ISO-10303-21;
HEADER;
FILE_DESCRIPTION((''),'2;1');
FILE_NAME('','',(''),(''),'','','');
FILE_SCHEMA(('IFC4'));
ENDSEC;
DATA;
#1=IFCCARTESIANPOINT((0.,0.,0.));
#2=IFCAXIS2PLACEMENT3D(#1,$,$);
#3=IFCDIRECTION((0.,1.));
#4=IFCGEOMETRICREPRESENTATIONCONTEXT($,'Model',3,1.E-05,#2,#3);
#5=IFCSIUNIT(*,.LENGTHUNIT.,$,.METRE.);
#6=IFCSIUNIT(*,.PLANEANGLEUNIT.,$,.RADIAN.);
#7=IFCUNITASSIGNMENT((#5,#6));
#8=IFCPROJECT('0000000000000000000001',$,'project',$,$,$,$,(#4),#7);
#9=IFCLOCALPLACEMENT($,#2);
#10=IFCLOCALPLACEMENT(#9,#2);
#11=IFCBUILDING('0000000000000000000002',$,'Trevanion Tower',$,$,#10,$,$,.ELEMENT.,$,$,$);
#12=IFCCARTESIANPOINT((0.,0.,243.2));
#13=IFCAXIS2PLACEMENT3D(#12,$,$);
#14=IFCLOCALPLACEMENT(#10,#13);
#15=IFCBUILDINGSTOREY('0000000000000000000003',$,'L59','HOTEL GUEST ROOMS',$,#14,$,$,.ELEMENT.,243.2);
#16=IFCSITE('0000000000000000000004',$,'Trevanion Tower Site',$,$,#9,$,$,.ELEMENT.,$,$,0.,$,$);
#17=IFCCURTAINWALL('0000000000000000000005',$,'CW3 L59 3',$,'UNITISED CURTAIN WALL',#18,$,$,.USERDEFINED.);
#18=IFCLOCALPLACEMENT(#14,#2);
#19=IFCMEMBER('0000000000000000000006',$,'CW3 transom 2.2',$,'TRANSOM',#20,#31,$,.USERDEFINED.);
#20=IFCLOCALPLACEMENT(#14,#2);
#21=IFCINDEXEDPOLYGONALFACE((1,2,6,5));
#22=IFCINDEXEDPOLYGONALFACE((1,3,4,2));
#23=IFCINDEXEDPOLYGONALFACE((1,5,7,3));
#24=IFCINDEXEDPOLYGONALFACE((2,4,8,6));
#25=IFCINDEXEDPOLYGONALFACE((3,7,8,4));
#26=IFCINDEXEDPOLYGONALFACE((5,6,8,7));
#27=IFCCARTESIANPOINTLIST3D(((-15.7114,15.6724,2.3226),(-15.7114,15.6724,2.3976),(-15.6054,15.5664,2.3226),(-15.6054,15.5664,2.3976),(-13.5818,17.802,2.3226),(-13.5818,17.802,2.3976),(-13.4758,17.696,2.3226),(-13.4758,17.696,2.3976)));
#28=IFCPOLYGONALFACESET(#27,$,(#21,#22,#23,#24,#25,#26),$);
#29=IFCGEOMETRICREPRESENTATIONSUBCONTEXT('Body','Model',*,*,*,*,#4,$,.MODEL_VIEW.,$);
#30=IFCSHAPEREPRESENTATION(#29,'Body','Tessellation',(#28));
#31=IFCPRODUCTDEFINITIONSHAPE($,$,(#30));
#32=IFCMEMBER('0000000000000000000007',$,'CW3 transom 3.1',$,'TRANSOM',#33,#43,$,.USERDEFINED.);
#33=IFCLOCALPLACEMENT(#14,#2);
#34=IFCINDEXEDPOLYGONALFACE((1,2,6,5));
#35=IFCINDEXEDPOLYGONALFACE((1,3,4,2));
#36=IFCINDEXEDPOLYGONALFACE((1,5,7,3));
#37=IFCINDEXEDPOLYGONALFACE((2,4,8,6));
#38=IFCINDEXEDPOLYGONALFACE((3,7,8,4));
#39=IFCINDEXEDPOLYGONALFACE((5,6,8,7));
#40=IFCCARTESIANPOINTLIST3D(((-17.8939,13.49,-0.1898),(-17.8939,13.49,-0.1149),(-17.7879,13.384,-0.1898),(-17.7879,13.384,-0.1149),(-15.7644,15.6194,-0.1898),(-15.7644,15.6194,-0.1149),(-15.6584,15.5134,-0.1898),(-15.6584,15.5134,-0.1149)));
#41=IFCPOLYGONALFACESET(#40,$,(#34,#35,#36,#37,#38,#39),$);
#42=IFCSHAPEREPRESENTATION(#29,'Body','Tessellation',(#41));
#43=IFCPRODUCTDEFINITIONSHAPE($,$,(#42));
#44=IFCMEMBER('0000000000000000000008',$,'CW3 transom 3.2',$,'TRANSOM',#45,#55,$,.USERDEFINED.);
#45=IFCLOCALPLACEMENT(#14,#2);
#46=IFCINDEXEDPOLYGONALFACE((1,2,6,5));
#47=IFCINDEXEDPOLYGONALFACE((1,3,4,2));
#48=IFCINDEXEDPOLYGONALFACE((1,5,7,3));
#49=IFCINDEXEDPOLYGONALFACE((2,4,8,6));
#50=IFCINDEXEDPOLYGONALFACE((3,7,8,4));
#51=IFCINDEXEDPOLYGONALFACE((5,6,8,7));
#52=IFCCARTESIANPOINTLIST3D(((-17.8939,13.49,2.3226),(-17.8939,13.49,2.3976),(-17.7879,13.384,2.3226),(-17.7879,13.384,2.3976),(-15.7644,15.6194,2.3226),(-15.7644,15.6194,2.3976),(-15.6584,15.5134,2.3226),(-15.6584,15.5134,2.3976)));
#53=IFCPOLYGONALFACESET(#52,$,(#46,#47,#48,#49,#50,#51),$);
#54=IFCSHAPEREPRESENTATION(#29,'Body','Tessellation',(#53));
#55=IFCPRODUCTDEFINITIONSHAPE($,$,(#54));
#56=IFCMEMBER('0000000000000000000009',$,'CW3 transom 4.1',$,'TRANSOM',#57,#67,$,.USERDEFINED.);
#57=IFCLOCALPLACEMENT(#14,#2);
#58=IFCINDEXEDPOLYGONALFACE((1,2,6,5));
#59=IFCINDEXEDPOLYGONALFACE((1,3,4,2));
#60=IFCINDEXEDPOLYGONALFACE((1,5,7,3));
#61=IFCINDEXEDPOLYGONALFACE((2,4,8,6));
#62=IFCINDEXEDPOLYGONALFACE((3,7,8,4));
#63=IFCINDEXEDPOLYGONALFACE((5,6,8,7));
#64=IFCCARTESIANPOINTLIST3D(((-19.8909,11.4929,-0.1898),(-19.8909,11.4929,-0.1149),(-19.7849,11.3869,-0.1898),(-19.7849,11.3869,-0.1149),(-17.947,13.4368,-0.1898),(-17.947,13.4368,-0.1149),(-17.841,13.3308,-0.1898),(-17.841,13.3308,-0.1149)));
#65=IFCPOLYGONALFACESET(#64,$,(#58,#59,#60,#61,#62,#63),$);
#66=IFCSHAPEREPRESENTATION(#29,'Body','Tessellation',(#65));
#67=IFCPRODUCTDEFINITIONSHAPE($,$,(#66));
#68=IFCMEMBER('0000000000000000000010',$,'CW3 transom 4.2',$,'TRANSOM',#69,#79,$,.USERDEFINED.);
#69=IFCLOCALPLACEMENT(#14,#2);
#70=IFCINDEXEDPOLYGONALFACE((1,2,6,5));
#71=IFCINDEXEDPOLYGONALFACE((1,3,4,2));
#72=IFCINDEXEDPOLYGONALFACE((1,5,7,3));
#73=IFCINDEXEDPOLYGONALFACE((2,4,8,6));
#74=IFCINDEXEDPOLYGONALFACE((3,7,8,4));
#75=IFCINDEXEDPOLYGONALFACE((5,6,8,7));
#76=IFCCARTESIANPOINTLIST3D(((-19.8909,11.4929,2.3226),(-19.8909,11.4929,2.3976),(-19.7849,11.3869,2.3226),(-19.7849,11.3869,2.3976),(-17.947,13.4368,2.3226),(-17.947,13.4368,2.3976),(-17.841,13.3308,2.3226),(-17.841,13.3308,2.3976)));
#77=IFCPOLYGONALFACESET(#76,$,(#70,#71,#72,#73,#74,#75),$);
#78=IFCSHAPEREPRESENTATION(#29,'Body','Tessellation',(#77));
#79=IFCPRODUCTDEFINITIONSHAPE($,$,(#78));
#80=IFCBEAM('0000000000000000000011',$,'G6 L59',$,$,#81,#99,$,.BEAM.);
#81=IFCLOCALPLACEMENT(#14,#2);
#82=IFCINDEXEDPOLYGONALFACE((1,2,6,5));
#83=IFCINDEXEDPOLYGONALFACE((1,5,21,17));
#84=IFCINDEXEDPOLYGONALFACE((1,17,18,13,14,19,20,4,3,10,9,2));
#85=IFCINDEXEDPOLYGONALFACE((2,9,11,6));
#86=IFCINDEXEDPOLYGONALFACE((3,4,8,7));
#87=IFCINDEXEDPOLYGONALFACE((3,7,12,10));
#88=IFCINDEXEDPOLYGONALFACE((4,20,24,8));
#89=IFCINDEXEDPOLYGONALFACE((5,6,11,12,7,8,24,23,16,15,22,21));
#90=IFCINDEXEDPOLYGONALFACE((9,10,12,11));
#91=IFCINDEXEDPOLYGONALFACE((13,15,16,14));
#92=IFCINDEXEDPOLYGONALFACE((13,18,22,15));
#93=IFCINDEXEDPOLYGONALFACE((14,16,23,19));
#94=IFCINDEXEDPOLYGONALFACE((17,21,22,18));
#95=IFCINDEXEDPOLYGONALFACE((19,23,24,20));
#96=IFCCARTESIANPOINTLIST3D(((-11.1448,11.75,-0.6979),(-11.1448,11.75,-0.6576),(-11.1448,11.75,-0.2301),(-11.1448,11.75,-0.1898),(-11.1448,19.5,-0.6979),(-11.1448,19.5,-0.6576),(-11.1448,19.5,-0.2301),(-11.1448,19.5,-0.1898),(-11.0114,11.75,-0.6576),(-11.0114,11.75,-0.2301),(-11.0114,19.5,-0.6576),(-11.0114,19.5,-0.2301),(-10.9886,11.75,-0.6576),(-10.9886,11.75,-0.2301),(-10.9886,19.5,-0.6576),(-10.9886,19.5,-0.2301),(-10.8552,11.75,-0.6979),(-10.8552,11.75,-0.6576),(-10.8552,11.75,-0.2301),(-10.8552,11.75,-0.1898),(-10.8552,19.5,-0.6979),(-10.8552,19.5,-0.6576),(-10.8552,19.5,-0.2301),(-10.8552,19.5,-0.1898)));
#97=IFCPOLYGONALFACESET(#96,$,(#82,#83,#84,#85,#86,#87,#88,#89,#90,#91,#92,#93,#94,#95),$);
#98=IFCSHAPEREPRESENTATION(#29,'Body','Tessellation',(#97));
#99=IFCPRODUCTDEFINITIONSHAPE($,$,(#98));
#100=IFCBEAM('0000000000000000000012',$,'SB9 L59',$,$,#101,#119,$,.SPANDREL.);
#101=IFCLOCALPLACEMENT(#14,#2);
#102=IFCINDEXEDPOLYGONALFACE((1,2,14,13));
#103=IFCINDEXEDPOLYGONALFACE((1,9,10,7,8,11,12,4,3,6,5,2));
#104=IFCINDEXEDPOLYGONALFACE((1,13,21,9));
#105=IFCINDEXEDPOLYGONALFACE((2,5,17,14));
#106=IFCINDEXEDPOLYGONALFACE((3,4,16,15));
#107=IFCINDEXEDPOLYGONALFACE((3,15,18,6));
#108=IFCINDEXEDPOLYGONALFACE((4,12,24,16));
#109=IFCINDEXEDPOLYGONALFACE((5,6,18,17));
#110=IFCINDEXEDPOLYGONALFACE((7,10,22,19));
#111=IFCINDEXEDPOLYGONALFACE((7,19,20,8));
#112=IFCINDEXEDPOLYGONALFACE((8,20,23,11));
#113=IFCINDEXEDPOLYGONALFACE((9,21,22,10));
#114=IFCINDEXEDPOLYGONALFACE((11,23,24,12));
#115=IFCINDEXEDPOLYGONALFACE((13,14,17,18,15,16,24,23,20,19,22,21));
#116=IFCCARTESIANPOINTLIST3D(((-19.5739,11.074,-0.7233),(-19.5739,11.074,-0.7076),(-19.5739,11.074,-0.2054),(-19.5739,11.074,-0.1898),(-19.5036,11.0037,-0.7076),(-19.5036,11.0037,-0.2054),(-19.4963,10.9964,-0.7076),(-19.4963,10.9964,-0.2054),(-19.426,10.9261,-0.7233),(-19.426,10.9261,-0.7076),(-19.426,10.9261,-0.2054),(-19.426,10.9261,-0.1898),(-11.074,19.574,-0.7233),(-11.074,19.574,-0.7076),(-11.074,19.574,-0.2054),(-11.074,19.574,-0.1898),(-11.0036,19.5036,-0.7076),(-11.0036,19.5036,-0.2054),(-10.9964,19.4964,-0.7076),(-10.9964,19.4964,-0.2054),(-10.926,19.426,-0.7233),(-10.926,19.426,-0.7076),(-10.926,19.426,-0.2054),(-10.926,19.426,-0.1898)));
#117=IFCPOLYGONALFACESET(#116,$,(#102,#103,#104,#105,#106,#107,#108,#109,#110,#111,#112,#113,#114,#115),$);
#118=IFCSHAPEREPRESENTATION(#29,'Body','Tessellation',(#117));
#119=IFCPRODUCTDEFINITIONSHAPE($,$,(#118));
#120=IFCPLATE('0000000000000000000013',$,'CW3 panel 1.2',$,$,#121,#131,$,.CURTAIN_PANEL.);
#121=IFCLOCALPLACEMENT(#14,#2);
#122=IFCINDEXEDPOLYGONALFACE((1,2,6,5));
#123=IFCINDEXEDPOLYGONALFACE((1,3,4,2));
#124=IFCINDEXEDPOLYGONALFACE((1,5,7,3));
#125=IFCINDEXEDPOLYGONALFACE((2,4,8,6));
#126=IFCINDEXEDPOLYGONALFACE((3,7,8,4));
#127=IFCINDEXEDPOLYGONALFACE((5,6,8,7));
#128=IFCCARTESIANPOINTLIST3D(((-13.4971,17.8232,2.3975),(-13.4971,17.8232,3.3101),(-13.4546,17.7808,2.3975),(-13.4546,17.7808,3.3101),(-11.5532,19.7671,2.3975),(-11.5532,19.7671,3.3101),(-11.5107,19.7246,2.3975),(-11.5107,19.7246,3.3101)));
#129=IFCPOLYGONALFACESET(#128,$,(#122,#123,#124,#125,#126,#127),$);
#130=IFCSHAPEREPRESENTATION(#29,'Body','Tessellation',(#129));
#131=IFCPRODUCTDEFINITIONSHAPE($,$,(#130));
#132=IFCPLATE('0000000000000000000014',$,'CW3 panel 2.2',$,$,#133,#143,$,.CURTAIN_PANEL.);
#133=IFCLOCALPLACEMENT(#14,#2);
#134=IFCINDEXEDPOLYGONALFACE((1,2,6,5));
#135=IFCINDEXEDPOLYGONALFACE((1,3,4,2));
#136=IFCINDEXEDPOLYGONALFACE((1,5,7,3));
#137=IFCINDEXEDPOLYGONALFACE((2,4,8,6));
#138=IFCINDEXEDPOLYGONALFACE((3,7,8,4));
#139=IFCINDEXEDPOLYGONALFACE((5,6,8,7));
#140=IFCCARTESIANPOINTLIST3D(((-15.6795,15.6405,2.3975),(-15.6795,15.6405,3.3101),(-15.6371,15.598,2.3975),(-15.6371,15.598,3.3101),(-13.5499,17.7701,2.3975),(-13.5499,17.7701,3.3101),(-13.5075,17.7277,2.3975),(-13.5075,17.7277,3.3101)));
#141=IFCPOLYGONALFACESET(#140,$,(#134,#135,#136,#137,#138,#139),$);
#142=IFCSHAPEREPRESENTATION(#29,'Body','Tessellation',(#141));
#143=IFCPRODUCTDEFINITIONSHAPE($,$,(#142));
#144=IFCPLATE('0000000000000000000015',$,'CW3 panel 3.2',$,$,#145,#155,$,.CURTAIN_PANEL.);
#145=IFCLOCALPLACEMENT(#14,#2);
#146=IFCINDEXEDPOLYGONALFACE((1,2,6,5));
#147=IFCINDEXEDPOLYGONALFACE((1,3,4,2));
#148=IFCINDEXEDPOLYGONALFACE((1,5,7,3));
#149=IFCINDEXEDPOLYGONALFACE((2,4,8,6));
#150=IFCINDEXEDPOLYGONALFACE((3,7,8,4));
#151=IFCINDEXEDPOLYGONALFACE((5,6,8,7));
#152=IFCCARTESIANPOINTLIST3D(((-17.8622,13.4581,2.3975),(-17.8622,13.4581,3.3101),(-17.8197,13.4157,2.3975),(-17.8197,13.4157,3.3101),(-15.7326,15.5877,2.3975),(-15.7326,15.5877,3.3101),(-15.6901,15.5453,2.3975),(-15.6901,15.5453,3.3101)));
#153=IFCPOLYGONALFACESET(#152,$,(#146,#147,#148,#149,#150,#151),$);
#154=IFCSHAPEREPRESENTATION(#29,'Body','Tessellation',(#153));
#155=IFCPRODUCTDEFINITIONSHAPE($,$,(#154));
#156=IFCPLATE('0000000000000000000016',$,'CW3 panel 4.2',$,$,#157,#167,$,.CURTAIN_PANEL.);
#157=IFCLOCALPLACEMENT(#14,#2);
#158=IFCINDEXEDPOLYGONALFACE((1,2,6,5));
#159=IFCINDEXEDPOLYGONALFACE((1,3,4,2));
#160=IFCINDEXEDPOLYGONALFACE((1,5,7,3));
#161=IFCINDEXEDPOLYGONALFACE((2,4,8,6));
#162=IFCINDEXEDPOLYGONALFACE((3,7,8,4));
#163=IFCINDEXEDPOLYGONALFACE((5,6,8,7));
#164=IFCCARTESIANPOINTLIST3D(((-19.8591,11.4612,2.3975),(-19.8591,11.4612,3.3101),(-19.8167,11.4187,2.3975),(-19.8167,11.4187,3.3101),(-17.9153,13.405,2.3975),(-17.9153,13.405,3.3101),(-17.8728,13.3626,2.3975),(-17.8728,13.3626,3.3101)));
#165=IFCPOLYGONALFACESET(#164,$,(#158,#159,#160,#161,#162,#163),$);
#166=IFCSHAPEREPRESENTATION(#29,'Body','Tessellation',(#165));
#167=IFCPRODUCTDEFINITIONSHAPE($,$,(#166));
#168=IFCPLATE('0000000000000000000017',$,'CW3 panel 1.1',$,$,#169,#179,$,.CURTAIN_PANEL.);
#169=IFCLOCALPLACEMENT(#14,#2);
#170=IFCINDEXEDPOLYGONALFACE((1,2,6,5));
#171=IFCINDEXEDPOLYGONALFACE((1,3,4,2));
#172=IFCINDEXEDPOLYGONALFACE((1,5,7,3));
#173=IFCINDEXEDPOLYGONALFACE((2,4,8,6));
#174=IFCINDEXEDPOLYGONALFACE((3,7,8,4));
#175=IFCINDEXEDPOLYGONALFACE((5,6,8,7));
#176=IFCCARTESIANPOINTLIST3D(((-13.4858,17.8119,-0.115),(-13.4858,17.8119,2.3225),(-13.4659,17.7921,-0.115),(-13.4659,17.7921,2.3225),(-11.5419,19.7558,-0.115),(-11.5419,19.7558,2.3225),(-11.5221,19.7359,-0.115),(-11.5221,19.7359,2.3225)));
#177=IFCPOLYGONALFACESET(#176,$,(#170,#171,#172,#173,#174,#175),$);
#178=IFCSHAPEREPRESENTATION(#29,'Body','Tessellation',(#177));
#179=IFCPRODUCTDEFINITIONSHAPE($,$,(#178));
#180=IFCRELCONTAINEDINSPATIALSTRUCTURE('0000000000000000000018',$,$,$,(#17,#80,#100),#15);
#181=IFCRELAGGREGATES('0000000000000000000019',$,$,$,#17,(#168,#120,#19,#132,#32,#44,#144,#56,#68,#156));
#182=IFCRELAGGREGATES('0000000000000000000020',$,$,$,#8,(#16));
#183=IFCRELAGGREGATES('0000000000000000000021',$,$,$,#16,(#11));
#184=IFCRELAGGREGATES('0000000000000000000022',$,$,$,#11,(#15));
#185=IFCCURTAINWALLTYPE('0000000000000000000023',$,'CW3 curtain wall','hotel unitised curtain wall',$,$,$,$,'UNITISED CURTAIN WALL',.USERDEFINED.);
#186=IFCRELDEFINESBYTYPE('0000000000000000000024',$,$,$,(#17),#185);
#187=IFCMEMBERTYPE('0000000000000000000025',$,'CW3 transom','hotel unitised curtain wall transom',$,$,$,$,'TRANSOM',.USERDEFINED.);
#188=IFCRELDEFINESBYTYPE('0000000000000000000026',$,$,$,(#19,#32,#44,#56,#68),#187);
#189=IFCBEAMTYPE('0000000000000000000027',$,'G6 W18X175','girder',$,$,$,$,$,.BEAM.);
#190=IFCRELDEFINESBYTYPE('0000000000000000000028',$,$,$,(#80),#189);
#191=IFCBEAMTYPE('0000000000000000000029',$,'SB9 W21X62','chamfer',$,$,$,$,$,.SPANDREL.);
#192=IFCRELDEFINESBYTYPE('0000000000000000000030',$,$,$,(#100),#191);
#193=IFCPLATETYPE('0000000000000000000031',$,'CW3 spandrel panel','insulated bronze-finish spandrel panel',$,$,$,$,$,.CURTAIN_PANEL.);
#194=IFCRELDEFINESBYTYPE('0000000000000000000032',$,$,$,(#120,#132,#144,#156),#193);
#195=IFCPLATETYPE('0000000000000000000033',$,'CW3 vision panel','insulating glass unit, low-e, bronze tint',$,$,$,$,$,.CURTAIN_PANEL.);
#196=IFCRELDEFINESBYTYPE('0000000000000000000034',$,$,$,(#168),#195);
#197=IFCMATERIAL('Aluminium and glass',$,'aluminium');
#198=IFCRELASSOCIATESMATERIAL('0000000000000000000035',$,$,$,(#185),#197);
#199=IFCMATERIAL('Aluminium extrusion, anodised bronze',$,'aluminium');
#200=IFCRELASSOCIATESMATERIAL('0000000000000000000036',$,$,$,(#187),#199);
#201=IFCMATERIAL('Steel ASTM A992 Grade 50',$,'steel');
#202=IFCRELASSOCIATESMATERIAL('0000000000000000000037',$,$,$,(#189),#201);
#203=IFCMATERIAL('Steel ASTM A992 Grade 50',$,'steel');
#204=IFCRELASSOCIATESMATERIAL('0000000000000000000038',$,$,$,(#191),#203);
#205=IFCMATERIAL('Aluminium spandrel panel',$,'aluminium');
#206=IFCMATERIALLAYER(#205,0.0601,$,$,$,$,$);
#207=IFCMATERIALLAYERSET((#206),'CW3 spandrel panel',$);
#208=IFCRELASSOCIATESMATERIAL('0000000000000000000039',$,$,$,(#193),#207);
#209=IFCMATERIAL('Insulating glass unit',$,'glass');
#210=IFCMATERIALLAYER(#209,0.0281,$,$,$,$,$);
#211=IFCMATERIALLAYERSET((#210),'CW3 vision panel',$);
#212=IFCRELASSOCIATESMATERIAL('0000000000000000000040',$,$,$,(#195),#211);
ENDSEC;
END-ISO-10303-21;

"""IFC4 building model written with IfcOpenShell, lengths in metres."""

from ifc_helpers import new_model, si_unit, direction, frame, origin, origin_2d, place, context, subcontext, project, spatial, rectangle, i_section, extrude, material, layer, layer_set, material_profile, profile_set, type_object, element, aggregate, save


model = new_model("IFC4")

# Units and contexts
model_context = context("Model", 3, precision=1e-05, world=origin(), true_north=direction((0.0, 1.0)))
body_context = subcontext(model_context, "Body", "Model", "MODEL_VIEW")
ifc_project = project(units=[si_unit("LENGTHUNIT", "METRE"), si_unit("PLANEANGLEUNIT", "RADIAN")], contexts=[model_context])

# Site, building, storey
site_placement = place(None, origin())
site = spatial("IfcSite", under=ifc_project, at=site_placement, Name="Trevanion Tower Site", CompositionType="ELEMENT", RefElevation=0.0)
building_placement = place(site_placement, origin())
building = spatial("IfcBuilding", under=site, at=building_placement, Name="Trevanion Tower", CompositionType="ELEMENT")
storey_placement = place(building_placement, frame((0.0, 0.0, 243.2)))
storey = spatial("IfcBuildingStorey", under=building, at=storey_placement, Name="L59", Description="HOTEL GUEST ROOMS", CompositionType="ELEMENT", Elevation=243.2)

# Curtain wall
ifc_material_1 = material(Name="Aluminium and glass", Category="aluminium")
curtain_wall_type = type_object("IfcCurtainWallType", Name="CW3 curtain wall", Description="hotel unitised curtain wall", ElementType="UNITISED CURTAIN WALL", PredefinedType="USERDEFINED", material=ifc_material_1)
curtain_wall_1_placement = place(storey_placement, origin())
curtain_wall_1 = element("IfcCurtainWall", 1, at=curtain_wall_1_placement, inside=storey, type_object=curtain_wall_type, Name="CW3 L59 3", ObjectType="UNITISED CURTAIN WALL", PredefinedType="USERDEFINED")

# Members
ifc_material_2 = material(Name="Aluminium extrusion, anodised bronze", Category="aluminium")
ifc_material_profile_1 = material_profile(ifc_material_2, rectangle(XDim=0.1499, YDim=0.075, at=origin_2d()), Name="CW3 transom")
ifc_profile_set_1 = profile_set([ifc_material_profile_1], Name="Aluminium extrusion, anodised bronze")
member_type_1 = type_object("IfcMemberType", Name="CW3 transom", Description="hotel unitised curtain wall transom", ElementType="TRANSOM", PredefinedType="USERDEFINED", material=ifc_profile_set_1)
member_1_placement = place(storey_placement, frame((-13.5288, 17.749, 2.3601), z_axis=(-0.707107, -0.707107, 0.0), x_axis=(0.707107, -0.707107, 0.0)))
member_1 = element("IfcMember", 2, at=member_1_placement, type_object=member_type_1, Name="CW3 transom 2.2", ObjectType="TRANSOM", PredefinedType="USERDEFINED", context=body_context, shape_type="SweptSolid", body=[
    extrude(rectangle(XDim=0.1499, YDim=0.075, at=origin_2d()), origin(), (0.0, 0.0, 1.0), 3.0117),
])
member_2_placement = place(storey_placement, frame((-15.7114, 15.5664, -0.1523), z_axis=(-0.707107, -0.707107, 0.0), x_axis=(0.707107, -0.707107, 0.0)))
member_2 = element("IfcMember", 3, at=member_2_placement, type_object=member_type_1, Name="CW3 transom 3.1", ObjectType="TRANSOM", PredefinedType="USERDEFINED", context=body_context, shape_type="SweptSolid", body=[
    extrude(rectangle(XDim=0.1499, YDim=0.075, at=origin_2d()), origin(), (0.0, 0.0, 1.0), 3.0115),
])
member_3_placement = place(storey_placement, frame((-15.7114, 15.5664, 2.3601), z_axis=(-0.707107, -0.707107, 0.0), x_axis=(0.707107, -0.707107, 0.0)))
member_3 = element("IfcMember", 4, at=member_3_placement, type_object=member_type_1, Name="CW3 transom 3.2", ObjectType="TRANSOM", PredefinedType="USERDEFINED", context=body_context, shape_type="SweptSolid", body=[
    extrude(rectangle(XDim=0.1499, YDim=0.075, at=origin_2d()), origin(), (0.0, 0.0, 1.0), 3.0115),
])
member_4_placement = place(storey_placement, frame((-17.894, 13.3838, -0.1523), z_axis=(-0.707107, -0.707107, 0.0), x_axis=(0.707107, -0.707107, 0.0)))
member_4 = element("IfcMember", 5, at=member_4_placement, type_object=member_type_1, Name="CW3 transom 4.1", ObjectType="TRANSOM", PredefinedType="USERDEFINED", context=body_context, shape_type="SweptSolid", body=[
    extrude(rectangle(XDim=0.1499, YDim=0.075, at=origin_2d()), origin(), (0.0, 0.0, 1.0), 2.749),
])
member_5_placement = place(storey_placement, frame((-17.894, 13.3838, 2.3601), z_axis=(-0.707107, -0.707107, 0.0), x_axis=(0.707107, -0.707107, 0.0)))
member_5 = element("IfcMember", 6, at=member_5_placement, type_object=member_type_1, Name="CW3 transom 4.2", ObjectType="TRANSOM", PredefinedType="USERDEFINED", context=body_context, shape_type="SweptSolid", body=[
    extrude(rectangle(XDim=0.1499, YDim=0.075, at=origin_2d()), origin(), (0.0, 0.0, 1.0), 2.749),
])

# Beams
ifc_material_3 = material(Name="Steel ASTM A992 Grade 50", Category="steel")
ifc_material_profile_2 = material_profile(ifc_material_3, i_section(OverallWidth=0.2896, OverallDepth=0.5081, WebThickness=0.0227, FlangeThickness=0.0403, at=origin_2d()), Name="W18X175")
ifc_profile_set_2 = profile_set([ifc_material_profile_2], Name="Steel ASTM A992 Grade 50")
beam_type_1 = type_object("IfcBeamType", Name="G6 W18X175", Description="girder", PredefinedType="BEAM", material=ifc_profile_set_2)
beam_1_placement = place(storey_placement, frame((-11.0, 11.75, -0.4438), z_axis=(0.0, 1.0, 0.0), x_axis=(-1.0, 0.0, 0.0)))
element("IfcBeam", 7, at=beam_1_placement, inside=storey, type_object=beam_type_1, Name="G6 L59", PredefinedType="BEAM", context=body_context, shape_type="SweptSolid", body=[
    extrude(i_section(OverallWidth=0.2896, OverallDepth=0.5081, WebThickness=0.0227, FlangeThickness=0.0403, at=origin_2d()), origin(), (0.0, 0.0, 1.0), 7.75),
])
ifc_material_4 = material(Name="Steel ASTM A992 Grade 50", Category="steel")
ifc_material_profile_3 = material_profile(ifc_material_4, i_section(OverallWidth=0.2092, OverallDepth=0.5334, WebThickness=0.0103, FlangeThickness=0.0156, at=origin_2d()), Name="W21X62")
ifc_profile_set_3 = profile_set([ifc_material_profile_3], Name="Steel ASTM A992 Grade 50")
beam_type_2 = type_object("IfcBeamType", Name="SB9 W21X62", Description="chamfer", PredefinedType="SPANDREL", material=ifc_profile_set_3)
beam_2_placement = place(storey_placement, frame((-11.0, 19.5, -0.4565), z_axis=(-0.707107, -0.707107, 0.0), x_axis=(0.707107, -0.707107, 0.0)))
element("IfcBeam", 8, at=beam_2_placement, inside=storey, type_object=beam_type_2, Name="SB9 L59", PredefinedType="SPANDREL", context=body_context, shape_type="SweptSolid", body=[
    extrude(i_section(OverallWidth=0.2092, OverallDepth=0.5334, WebThickness=0.0103, FlangeThickness=0.0156, at=origin_2d()), origin(), (0.0, 0.0, 1.0), 12.0208),
])

# Plates
ifc_material_5 = material(Name="Aluminium spandrel panel", Category="aluminium")
ifc_layer_1 = layer(ifc_material_5, 0.0601)
ifc_layer_set_1 = layer_set([ifc_layer_1], Name="CW3 spandrel panel")
plate_type_1 = type_object("IfcPlateType", Name="CW3 spandrel panel", Description="insulated bronze-finish spandrel panel", PredefinedType="CURTAIN_PANEL", material=ifc_layer_set_1)
plate_1_placement = place(storey_placement, frame((-12.5039, 18.7739, 2.3975), z_axis=(0.0, 0.0, 1.0), x_axis=(-0.707107, -0.707107, 0.0)))
plate_1 = element("IfcPlate", 9, at=plate_1_placement, type_object=plate_type_1, Name="CW3 panel 1.2", PredefinedType="CURTAIN_PANEL", context=body_context, shape_type="SweptSolid", body=[
    extrude(rectangle(XDim=2.749, YDim=0.0601, at=origin_2d()), origin(), (0.0, 0.0, 1.0), 0.9126),
])
plate_2_placement = place(storey_placement, frame((-14.5935, 16.6841, 2.3975), z_axis=(0.0, 0.0, 1.0), x_axis=(-0.707107, -0.707107, 0.0)))
plate_2 = element("IfcPlate", 10, at=plate_2_placement, type_object=plate_type_1, Name="CW3 panel 2.2", PredefinedType="CURTAIN_PANEL", context=body_context, shape_type="SweptSolid", body=[
    extrude(rectangle(XDim=3.0117, YDim=0.0601, at=origin_2d()), origin(), (0.0, 0.0, 1.0), 0.9126),
])
plate_3_placement = place(storey_placement, frame((-16.7761, 14.5017, 2.3975), z_axis=(0.0, 0.0, 1.0), x_axis=(-0.707107, -0.707107, 0.0)))
plate_3 = element("IfcPlate", 11, at=plate_3_placement, type_object=plate_type_1, Name="CW3 panel 3.2", PredefinedType="CURTAIN_PANEL", context=body_context, shape_type="SweptSolid", body=[
    extrude(rectangle(XDim=3.0117, YDim=0.0601, at=origin_2d()), origin(), (0.0, 0.0, 1.0), 0.9126),
])
plate_4_placement = place(storey_placement, frame((-18.866, 12.4119, 2.3975), z_axis=(0.0, 0.0, 1.0), x_axis=(-0.707107, -0.707107, 0.0)))
plate_4 = element("IfcPlate", 12, at=plate_4_placement, type_object=plate_type_1, Name="CW3 panel 4.2", PredefinedType="CURTAIN_PANEL", context=body_context, shape_type="SweptSolid", body=[
    extrude(rectangle(XDim=2.749, YDim=0.0601, at=origin_2d()), origin(), (0.0, 0.0, 1.0), 0.9126),
])
ifc_material_6 = material(Name="Insulating glass unit", Category="glass")
ifc_layer_2 = layer(ifc_material_6, 0.0281)
ifc_layer_set_2 = layer_set([ifc_layer_2], Name="CW3 vision panel")
plate_type_2 = type_object("IfcPlateType", Name="CW3 vision panel", Description="insulating glass unit, low-e, bronze tint", PredefinedType="CURTAIN_PANEL", material=ifc_layer_set_2)
plate_5_placement = place(storey_placement, frame((-12.5039, 18.7739, -0.115), z_axis=(0.0, 0.0, 1.0), x_axis=(-0.707107, -0.707107, 0.0)))
plate_5 = element("IfcPlate", 13, at=plate_5_placement, type_object=plate_type_2, Name="CW3 panel 1.1", PredefinedType="CURTAIN_PANEL", context=body_context, shape_type="SweptSolid", body=[
    extrude(rectangle(XDim=2.749, YDim=0.0281, at=origin_2d()), origin(), (0.0, 0.0, 1.0), 2.4375),
])
aggregate(curtain_wall_1, [plate_5, plate_1, member_1, plate_2, member_2, member_3, plate_3, member_4, member_5, plate_4])

save(model, "model.ifc")
